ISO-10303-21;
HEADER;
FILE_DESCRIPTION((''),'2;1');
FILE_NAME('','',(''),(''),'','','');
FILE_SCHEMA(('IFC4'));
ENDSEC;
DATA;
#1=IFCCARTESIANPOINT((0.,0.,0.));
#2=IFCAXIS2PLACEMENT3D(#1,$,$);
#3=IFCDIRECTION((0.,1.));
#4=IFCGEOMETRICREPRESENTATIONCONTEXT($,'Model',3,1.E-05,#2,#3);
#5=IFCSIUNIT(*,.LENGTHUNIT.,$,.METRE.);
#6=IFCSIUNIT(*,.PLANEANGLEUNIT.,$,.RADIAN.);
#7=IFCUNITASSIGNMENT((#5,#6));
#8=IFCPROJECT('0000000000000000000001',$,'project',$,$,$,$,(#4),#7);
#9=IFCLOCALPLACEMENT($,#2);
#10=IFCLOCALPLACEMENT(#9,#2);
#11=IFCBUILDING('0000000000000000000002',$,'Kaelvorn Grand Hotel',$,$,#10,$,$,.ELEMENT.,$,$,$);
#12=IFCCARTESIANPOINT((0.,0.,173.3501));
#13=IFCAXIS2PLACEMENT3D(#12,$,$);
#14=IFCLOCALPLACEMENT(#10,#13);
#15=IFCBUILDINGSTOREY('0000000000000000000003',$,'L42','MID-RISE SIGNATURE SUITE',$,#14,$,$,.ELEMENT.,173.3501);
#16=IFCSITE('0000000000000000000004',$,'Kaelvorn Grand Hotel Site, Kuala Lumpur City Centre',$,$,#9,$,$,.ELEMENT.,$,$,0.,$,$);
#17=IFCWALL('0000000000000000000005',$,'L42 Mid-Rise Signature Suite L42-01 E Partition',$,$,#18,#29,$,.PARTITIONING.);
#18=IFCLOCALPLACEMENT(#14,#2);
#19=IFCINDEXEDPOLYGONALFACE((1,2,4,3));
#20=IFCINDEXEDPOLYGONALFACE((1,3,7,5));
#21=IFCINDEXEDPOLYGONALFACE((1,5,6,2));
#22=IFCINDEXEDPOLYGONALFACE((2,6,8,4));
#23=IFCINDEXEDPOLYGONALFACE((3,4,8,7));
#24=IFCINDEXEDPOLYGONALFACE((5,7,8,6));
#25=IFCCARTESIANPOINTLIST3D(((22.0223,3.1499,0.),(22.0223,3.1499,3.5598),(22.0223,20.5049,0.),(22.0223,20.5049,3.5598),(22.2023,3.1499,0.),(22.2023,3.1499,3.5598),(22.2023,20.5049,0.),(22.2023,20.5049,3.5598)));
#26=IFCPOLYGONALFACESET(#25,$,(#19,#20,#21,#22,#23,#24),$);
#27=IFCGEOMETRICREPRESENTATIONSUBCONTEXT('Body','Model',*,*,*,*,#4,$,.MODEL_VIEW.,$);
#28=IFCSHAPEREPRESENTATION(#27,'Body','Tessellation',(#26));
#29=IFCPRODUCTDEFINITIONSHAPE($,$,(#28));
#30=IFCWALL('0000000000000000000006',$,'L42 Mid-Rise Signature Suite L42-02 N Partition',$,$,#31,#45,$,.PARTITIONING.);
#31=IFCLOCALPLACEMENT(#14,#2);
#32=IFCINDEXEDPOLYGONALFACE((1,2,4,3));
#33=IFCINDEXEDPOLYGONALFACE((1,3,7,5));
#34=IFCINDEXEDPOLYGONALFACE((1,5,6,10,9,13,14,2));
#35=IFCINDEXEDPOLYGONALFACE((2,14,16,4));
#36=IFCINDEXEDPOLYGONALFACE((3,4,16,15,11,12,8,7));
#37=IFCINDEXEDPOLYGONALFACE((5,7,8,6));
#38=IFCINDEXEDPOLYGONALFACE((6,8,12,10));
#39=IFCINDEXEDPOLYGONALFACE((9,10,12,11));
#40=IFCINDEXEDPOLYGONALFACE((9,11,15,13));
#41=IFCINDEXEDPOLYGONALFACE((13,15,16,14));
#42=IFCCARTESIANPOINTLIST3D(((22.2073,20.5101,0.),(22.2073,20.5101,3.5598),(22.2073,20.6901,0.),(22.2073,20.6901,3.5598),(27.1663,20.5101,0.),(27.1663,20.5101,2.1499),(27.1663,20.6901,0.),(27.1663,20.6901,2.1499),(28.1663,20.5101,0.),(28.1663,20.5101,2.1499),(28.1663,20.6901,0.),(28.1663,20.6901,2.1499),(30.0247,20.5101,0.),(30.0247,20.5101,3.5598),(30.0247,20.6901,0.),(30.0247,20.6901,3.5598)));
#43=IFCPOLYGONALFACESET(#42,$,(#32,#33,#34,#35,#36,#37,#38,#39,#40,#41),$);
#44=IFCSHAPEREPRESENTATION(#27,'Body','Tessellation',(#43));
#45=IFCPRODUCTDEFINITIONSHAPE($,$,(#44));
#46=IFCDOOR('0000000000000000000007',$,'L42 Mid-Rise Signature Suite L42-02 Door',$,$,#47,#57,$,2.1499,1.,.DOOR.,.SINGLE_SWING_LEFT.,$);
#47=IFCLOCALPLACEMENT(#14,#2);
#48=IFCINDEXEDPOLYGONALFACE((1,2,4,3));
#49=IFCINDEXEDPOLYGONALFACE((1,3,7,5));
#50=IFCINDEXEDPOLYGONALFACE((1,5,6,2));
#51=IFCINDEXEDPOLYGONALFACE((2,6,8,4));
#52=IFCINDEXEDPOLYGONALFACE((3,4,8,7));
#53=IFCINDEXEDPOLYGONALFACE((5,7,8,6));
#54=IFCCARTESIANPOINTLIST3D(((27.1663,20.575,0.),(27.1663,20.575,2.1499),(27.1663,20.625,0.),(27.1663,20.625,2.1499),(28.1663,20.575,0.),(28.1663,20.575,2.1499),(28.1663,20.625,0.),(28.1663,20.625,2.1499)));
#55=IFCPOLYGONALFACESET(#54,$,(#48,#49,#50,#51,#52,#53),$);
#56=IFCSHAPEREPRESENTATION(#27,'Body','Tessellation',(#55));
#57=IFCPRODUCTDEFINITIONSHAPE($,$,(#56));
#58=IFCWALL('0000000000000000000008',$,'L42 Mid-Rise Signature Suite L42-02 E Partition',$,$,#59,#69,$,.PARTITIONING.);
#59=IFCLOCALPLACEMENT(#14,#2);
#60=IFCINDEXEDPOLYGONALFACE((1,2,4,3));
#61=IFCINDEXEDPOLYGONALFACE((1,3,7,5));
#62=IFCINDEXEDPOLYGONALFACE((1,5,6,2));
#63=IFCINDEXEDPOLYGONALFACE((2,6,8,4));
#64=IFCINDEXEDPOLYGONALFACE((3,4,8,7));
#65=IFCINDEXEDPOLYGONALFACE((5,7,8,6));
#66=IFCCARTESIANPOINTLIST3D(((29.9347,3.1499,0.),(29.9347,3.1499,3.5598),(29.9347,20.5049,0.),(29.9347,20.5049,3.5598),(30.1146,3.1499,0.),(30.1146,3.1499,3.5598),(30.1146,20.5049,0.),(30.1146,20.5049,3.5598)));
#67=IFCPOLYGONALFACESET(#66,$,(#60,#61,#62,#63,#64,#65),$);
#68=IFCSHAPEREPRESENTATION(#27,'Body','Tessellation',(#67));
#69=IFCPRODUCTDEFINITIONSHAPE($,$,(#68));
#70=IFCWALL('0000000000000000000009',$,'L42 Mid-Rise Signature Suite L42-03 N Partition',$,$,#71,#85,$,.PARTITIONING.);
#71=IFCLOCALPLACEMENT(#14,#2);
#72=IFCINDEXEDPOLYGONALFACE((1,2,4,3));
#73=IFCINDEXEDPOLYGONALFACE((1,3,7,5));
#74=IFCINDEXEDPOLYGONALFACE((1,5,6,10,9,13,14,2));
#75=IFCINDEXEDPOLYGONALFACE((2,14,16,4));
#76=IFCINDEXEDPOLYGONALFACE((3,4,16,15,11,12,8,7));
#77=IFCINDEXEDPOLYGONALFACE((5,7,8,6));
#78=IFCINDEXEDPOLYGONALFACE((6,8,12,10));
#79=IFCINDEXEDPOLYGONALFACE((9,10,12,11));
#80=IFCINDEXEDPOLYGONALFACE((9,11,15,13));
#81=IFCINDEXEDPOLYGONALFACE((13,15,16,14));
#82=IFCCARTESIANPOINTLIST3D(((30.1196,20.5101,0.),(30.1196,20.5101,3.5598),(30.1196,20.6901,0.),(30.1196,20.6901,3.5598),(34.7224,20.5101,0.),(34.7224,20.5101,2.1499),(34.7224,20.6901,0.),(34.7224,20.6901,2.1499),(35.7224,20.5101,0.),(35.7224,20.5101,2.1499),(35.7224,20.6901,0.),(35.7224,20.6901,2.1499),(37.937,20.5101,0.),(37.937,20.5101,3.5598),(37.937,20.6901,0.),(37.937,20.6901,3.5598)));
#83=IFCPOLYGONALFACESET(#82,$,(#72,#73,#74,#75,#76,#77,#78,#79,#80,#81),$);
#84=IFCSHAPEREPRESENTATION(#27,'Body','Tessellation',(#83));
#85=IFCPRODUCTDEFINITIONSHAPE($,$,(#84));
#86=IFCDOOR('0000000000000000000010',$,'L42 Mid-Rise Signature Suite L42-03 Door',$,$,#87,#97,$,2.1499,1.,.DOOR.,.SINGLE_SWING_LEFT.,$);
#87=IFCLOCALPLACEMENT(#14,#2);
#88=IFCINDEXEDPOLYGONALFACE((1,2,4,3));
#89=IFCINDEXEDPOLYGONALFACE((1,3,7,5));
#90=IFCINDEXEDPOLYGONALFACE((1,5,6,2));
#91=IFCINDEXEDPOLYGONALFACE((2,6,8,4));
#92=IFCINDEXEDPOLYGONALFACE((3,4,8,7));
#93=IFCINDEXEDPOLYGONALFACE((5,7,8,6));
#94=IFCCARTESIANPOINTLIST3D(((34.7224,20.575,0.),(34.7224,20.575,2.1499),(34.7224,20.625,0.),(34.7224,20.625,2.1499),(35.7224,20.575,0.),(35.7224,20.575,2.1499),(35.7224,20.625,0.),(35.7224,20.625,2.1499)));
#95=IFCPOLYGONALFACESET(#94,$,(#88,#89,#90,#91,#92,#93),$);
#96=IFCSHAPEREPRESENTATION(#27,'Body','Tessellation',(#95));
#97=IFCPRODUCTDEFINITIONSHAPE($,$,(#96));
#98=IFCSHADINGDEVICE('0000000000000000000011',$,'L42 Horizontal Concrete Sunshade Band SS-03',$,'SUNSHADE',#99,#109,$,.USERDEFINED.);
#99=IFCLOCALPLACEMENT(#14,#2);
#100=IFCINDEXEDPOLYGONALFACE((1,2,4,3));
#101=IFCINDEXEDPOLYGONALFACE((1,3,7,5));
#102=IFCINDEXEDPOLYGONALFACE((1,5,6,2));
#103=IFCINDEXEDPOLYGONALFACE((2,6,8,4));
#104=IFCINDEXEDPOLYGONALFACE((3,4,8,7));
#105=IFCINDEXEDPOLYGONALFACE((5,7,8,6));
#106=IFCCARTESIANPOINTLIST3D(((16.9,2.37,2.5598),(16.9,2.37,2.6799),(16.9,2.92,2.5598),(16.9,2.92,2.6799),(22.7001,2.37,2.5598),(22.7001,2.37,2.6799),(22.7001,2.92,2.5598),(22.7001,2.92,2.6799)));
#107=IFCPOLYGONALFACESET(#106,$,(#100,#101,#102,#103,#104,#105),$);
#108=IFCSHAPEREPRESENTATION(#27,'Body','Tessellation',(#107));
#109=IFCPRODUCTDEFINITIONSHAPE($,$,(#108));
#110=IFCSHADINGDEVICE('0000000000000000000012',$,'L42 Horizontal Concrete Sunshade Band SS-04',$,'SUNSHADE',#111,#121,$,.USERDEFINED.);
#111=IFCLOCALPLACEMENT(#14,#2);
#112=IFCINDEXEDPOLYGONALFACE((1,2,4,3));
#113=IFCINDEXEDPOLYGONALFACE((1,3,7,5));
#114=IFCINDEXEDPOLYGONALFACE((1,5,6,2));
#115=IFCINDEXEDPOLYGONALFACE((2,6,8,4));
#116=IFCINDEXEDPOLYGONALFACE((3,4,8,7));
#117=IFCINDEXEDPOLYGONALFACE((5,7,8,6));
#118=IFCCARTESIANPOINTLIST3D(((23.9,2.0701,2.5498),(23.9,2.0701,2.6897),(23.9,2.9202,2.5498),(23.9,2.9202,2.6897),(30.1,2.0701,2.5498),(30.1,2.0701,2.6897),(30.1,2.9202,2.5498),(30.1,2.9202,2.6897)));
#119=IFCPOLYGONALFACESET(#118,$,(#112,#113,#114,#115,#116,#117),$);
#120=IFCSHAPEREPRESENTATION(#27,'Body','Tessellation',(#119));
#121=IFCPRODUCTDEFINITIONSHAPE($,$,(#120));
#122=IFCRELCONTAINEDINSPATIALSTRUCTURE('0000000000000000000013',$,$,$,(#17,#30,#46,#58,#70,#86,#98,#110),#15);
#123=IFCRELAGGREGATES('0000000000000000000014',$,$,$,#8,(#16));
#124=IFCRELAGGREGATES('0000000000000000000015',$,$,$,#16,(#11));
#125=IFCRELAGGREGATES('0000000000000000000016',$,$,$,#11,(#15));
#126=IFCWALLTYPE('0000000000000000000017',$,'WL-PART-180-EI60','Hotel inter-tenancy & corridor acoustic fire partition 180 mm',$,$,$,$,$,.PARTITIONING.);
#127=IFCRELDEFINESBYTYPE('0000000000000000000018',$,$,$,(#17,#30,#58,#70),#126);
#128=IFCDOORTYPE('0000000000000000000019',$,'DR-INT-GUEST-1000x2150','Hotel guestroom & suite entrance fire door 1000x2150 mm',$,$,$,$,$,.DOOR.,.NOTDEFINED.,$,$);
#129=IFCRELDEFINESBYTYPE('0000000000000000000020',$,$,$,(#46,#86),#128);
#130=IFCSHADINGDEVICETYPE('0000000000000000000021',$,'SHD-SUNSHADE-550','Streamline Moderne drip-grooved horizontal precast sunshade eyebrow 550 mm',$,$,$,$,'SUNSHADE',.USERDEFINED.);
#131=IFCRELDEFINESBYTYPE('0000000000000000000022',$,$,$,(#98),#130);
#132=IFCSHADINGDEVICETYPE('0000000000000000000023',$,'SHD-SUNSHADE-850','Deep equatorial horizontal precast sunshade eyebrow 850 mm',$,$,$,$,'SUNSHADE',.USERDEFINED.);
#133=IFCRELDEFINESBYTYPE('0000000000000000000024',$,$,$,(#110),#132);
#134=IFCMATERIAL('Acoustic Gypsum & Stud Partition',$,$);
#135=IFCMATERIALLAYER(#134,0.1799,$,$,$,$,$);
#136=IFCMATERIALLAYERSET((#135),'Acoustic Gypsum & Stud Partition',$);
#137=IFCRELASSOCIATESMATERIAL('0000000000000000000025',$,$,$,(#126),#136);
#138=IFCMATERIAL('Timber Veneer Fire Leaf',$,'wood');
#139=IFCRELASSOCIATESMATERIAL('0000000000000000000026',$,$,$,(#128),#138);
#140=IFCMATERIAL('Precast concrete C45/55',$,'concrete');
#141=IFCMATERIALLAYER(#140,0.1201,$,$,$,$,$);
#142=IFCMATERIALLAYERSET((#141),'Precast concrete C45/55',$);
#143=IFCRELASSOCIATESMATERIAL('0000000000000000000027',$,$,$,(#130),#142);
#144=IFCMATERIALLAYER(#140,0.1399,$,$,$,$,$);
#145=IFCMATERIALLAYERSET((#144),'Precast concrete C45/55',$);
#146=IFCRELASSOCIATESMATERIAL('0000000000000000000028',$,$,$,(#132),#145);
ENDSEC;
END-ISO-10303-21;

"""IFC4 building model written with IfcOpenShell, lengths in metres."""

from ifc_helpers import new_model, si_unit, direction, frame, frame_2d, origin, origin_2d, place, context, subcontext, project, spatial, rectangle, extrude, material, layer, layer_set, type_object, element, fill, save


model = new_model("IFC4")

# Units and contexts
model_context = context("Model", 3, precision=1e-05, world=origin(), true_north=direction((0.0, 1.0)))
body_context = subcontext(model_context, "Body", "Model", "MODEL_VIEW")
ifc_project = project(units=[si_unit("LENGTHUNIT", "METRE"), si_unit("PLANEANGLEUNIT", "RADIAN")], contexts=[model_context])

# Site, building, storey
site_placement = place(None, origin())
site = spatial("IfcSite", under=ifc_project, at=site_placement, Name="Kaelvorn Grand Hotel Site, Kuala Lumpur City Centre", CompositionType="ELEMENT", RefElevation=0.0)
building_placement = place(site_placement, origin())
building = spatial("IfcBuilding", under=site, at=building_placement, Name="Kaelvorn Grand Hotel", CompositionType="ELEMENT")
storey_placement = place(building_placement, frame((0.0, 0.0, 173.3501)))
storey = spatial("IfcBuildingStorey", under=building, at=storey_placement, Name="L42", Description="MID-RISE SIGNATURE SUITE", CompositionType="ELEMENT", Elevation=173.3501)

# Wall
ifc_material_1 = material(Name="Acoustic Gypsum & Stud Partition")
ifc_layer_1 = layer(ifc_material_1, 0.1799)
ifc_layer_set_1 = layer_set([ifc_layer_1], Name="Acoustic Gypsum & Stud Partition")
wall_type_1 = type_object("IfcWallType", Name="WL-PART-180-EI60", Description="Hotel inter-tenancy & corridor acoustic fire partition 180 mm", PredefinedType="PARTITIONING", material=ifc_layer_set_1)
wall_1_placement = place(storey_placement, frame((22.1123, 3.1499, 0.0), z_axis=(0.0, 0.0, 1.0), x_axis=(0.0, 1.0, 0.0)))
element("IfcWall", 1, at=wall_1_placement, inside=storey, type_object=wall_type_1, Name="L42 Mid-Rise Signature Suite L42-01 E Partition", PredefinedType="PARTITIONING", context=body_context, shape_type="SweptSolid", body=[
    extrude(rectangle(XDim=17.355, YDim=0.1799, at=frame_2d((8.6775, 0.0))), origin(), (0.0, 0.0, 1.0), 3.5598),
])

# Wall, opening, door
wall_2_placement = place(storey_placement, frame((22.2073, 20.6001, 0.0), z_axis=(0.0, 0.0, 1.0), x_axis=(1.0, 0.0, 0.0)))
wall_2 = element("IfcWall", 2, at=wall_2_placement, inside=storey, type_object=wall_type_1, Name="L42 Mid-Rise Signature Suite L42-02 N Partition", PredefinedType="PARTITIONING", context=body_context, shape_type="SweptSolid", body=[
    extrude(rectangle(XDim=7.8174, YDim=0.1799, at=frame_2d((3.9087, 0.0))), origin(), (0.0, 0.0, 1.0), 3.5598),
])
opening_1_placement = place(wall_2_placement, frame((4.959, 0.0, 0.0)))
opening_1 = element("IfcOpeningElement", 3, at=opening_1_placement, cuts=wall_2, PredefinedType="OPENING", context=body_context, shape_type="SweptSolid", body=[
    extrude(rectangle(XDim=1.0, YDim=2.1499, at=frame_2d((0.5, 1.075))), frame((0.0, 0.1001, 0.0), z_axis=(0.0, -1.0, 0.0), x_axis=(1.0, 0.0, 0.0)), (0.0, 0.0, 1.0), 0.2),
])
ifc_material_2 = material(Name="Timber Veneer Fire Leaf", Category="wood")
door_type_1 = type_object("IfcDoorType", Name="DR-INT-GUEST-1000x2150", Description="Hotel guestroom & suite entrance fire door 1000x2150 mm", OperationType="NOTDEFINED", PredefinedType="DOOR", material=ifc_material_2)
door_1_placement = place(opening_1_placement, origin())
door_1 = element("IfcDoor", 4, at=door_1_placement, inside=storey, type_object=door_type_1, Name="L42 Mid-Rise Signature Suite L42-02 Door", OperationType="SINGLE_SWING_LEFT", OverallHeight=2.1499, OverallWidth=1.0, PredefinedType="DOOR", context=body_context, shape_type="SweptSolid", body=[
    extrude(rectangle(XDim=1.0, YDim=2.1499, at=frame_2d((0.5, 1.075))), frame((0.0, 0.0249, 0.0), z_axis=(0.0, -1.0, 0.0), x_axis=(1.0, 0.0, 0.0)), (0.0, 0.0, 1.0), 0.05),
])
fill(opening_1, door_1)

# Wall
wall_3_placement = place(storey_placement, frame((30.0247, 3.1499, 0.0), z_axis=(0.0, 0.0, 1.0), x_axis=(0.0, 1.0, 0.0)))
element("IfcWall", 5, at=wall_3_placement, inside=storey, type_object=wall_type_1, Name="L42 Mid-Rise Signature Suite L42-02 E Partition", PredefinedType="PARTITIONING", context=body_context, shape_type="SweptSolid", body=[
    extrude(rectangle(XDim=17.355, YDim=0.1799, at=frame_2d((8.6775, 0.0))), origin(), (0.0, 0.0, 1.0), 3.5598),
])

# Wall, opening, door
wall_4_placement = place(storey_placement, frame((30.1196, 20.6001, 0.0), z_axis=(0.0, 0.0, 1.0), x_axis=(1.0, 0.0, 0.0)))
wall_4 = element("IfcWall", 6, at=wall_4_placement, inside=storey, type_object=wall_type_1, Name="L42 Mid-Rise Signature Suite L42-03 N Partition", PredefinedType="PARTITIONING", context=body_context, shape_type="SweptSolid", body=[
    extrude(rectangle(XDim=7.8174, YDim=0.1799, at=frame_2d((3.9087, 0.0))), origin(), (0.0, 0.0, 1.0), 3.5598),
])
opening_2_placement = place(wall_4_placement, frame((4.6028, 0.0, 0.0)))
opening_2 = element("IfcOpeningElement", 7, at=opening_2_placement, cuts=wall_4, PredefinedType="OPENING", context=body_context, shape_type="SweptSolid", body=[
    extrude(rectangle(XDim=1.0, YDim=2.1499, at=frame_2d((0.5, 1.075))), frame((0.0, 0.1001, 0.0), z_axis=(0.0, -1.0, 0.0), x_axis=(1.0, 0.0, 0.0)), (0.0, 0.0, 1.0), 0.2),
])
door_2_placement = place(opening_2_placement, origin())
door_2 = element("IfcDoor", 8, at=door_2_placement, inside=storey, type_object=door_type_1, Name="L42 Mid-Rise Signature Suite L42-03 Door", OperationType="SINGLE_SWING_LEFT", OverallHeight=2.1499, OverallWidth=1.0, PredefinedType="DOOR", context=body_context, shape_type="SweptSolid", body=[
    extrude(rectangle(XDim=1.0, YDim=2.1499, at=frame_2d((0.5, 1.075))), frame((0.0, 0.0249, 0.0), z_axis=(0.0, -1.0, 0.0), x_axis=(1.0, 0.0, 0.0)), (0.0, 0.0, 1.0), 0.05),
])
fill(opening_2, door_2)

# Shading devices
ifc_material_3 = material(Name="Precast concrete C45/55", Category="concrete")
ifc_layer_2 = layer(ifc_material_3, 0.1201)
ifc_layer_set_2 = layer_set([ifc_layer_2], Name="Precast concrete C45/55")
shading_device_type_1 = type_object("IfcShadingDeviceType", Name="SHD-SUNSHADE-550", Description="Streamline Moderne drip-grooved horizontal precast sunshade eyebrow 550 mm", ElementType="SUNSHADE", PredefinedType="USERDEFINED", material=ifc_layer_set_2)
shading_device_1_placement = place(storey_placement, frame((19.8, 2.645, 2.5598), z_axis=(0.0, 0.0, 1.0), x_axis=(1.0, 0.0, 0.0)))
element("IfcShadingDevice", 9, at=shading_device_1_placement, inside=storey, type_object=shading_device_type_1, Name="L42 Horizontal Concrete Sunshade Band SS-03", ObjectType="SUNSHADE", PredefinedType="USERDEFINED", context=body_context, shape_type="SweptSolid", body=[
    extrude(rectangle(XDim=5.8, YDim=0.55, at=origin_2d()), origin(), (0.0, 0.0, 1.0), 0.1201),
])
ifc_layer_3 = layer(ifc_material_3, 0.1399)
ifc_layer_set_3 = layer_set([ifc_layer_3], Name="Precast concrete C45/55")
shading_device_type_2 = type_object("IfcShadingDeviceType", Name="SHD-SUNSHADE-850", Description="Deep equatorial horizontal precast sunshade eyebrow 850 mm", ElementType="SUNSHADE", PredefinedType="USERDEFINED", material=ifc_layer_set_3)
shading_device_2_placement = place(storey_placement, frame((27.0, 2.4951, 2.5498), z_axis=(0.0, 0.0, 1.0), x_axis=(1.0, 0.0, 0.0)))
element("IfcShadingDevice", 10, at=shading_device_2_placement, inside=storey, type_object=shading_device_type_2, Name="L42 Horizontal Concrete Sunshade Band SS-04", ObjectType="SUNSHADE", PredefinedType="USERDEFINED", context=body_context, shape_type="SweptSolid", body=[
    extrude(rectangle(XDim=6.2, YDim=0.8501, at=origin_2d()), origin(), (0.0, 0.0, 1.0), 0.1399),
])

save(model, "model.ifc")
